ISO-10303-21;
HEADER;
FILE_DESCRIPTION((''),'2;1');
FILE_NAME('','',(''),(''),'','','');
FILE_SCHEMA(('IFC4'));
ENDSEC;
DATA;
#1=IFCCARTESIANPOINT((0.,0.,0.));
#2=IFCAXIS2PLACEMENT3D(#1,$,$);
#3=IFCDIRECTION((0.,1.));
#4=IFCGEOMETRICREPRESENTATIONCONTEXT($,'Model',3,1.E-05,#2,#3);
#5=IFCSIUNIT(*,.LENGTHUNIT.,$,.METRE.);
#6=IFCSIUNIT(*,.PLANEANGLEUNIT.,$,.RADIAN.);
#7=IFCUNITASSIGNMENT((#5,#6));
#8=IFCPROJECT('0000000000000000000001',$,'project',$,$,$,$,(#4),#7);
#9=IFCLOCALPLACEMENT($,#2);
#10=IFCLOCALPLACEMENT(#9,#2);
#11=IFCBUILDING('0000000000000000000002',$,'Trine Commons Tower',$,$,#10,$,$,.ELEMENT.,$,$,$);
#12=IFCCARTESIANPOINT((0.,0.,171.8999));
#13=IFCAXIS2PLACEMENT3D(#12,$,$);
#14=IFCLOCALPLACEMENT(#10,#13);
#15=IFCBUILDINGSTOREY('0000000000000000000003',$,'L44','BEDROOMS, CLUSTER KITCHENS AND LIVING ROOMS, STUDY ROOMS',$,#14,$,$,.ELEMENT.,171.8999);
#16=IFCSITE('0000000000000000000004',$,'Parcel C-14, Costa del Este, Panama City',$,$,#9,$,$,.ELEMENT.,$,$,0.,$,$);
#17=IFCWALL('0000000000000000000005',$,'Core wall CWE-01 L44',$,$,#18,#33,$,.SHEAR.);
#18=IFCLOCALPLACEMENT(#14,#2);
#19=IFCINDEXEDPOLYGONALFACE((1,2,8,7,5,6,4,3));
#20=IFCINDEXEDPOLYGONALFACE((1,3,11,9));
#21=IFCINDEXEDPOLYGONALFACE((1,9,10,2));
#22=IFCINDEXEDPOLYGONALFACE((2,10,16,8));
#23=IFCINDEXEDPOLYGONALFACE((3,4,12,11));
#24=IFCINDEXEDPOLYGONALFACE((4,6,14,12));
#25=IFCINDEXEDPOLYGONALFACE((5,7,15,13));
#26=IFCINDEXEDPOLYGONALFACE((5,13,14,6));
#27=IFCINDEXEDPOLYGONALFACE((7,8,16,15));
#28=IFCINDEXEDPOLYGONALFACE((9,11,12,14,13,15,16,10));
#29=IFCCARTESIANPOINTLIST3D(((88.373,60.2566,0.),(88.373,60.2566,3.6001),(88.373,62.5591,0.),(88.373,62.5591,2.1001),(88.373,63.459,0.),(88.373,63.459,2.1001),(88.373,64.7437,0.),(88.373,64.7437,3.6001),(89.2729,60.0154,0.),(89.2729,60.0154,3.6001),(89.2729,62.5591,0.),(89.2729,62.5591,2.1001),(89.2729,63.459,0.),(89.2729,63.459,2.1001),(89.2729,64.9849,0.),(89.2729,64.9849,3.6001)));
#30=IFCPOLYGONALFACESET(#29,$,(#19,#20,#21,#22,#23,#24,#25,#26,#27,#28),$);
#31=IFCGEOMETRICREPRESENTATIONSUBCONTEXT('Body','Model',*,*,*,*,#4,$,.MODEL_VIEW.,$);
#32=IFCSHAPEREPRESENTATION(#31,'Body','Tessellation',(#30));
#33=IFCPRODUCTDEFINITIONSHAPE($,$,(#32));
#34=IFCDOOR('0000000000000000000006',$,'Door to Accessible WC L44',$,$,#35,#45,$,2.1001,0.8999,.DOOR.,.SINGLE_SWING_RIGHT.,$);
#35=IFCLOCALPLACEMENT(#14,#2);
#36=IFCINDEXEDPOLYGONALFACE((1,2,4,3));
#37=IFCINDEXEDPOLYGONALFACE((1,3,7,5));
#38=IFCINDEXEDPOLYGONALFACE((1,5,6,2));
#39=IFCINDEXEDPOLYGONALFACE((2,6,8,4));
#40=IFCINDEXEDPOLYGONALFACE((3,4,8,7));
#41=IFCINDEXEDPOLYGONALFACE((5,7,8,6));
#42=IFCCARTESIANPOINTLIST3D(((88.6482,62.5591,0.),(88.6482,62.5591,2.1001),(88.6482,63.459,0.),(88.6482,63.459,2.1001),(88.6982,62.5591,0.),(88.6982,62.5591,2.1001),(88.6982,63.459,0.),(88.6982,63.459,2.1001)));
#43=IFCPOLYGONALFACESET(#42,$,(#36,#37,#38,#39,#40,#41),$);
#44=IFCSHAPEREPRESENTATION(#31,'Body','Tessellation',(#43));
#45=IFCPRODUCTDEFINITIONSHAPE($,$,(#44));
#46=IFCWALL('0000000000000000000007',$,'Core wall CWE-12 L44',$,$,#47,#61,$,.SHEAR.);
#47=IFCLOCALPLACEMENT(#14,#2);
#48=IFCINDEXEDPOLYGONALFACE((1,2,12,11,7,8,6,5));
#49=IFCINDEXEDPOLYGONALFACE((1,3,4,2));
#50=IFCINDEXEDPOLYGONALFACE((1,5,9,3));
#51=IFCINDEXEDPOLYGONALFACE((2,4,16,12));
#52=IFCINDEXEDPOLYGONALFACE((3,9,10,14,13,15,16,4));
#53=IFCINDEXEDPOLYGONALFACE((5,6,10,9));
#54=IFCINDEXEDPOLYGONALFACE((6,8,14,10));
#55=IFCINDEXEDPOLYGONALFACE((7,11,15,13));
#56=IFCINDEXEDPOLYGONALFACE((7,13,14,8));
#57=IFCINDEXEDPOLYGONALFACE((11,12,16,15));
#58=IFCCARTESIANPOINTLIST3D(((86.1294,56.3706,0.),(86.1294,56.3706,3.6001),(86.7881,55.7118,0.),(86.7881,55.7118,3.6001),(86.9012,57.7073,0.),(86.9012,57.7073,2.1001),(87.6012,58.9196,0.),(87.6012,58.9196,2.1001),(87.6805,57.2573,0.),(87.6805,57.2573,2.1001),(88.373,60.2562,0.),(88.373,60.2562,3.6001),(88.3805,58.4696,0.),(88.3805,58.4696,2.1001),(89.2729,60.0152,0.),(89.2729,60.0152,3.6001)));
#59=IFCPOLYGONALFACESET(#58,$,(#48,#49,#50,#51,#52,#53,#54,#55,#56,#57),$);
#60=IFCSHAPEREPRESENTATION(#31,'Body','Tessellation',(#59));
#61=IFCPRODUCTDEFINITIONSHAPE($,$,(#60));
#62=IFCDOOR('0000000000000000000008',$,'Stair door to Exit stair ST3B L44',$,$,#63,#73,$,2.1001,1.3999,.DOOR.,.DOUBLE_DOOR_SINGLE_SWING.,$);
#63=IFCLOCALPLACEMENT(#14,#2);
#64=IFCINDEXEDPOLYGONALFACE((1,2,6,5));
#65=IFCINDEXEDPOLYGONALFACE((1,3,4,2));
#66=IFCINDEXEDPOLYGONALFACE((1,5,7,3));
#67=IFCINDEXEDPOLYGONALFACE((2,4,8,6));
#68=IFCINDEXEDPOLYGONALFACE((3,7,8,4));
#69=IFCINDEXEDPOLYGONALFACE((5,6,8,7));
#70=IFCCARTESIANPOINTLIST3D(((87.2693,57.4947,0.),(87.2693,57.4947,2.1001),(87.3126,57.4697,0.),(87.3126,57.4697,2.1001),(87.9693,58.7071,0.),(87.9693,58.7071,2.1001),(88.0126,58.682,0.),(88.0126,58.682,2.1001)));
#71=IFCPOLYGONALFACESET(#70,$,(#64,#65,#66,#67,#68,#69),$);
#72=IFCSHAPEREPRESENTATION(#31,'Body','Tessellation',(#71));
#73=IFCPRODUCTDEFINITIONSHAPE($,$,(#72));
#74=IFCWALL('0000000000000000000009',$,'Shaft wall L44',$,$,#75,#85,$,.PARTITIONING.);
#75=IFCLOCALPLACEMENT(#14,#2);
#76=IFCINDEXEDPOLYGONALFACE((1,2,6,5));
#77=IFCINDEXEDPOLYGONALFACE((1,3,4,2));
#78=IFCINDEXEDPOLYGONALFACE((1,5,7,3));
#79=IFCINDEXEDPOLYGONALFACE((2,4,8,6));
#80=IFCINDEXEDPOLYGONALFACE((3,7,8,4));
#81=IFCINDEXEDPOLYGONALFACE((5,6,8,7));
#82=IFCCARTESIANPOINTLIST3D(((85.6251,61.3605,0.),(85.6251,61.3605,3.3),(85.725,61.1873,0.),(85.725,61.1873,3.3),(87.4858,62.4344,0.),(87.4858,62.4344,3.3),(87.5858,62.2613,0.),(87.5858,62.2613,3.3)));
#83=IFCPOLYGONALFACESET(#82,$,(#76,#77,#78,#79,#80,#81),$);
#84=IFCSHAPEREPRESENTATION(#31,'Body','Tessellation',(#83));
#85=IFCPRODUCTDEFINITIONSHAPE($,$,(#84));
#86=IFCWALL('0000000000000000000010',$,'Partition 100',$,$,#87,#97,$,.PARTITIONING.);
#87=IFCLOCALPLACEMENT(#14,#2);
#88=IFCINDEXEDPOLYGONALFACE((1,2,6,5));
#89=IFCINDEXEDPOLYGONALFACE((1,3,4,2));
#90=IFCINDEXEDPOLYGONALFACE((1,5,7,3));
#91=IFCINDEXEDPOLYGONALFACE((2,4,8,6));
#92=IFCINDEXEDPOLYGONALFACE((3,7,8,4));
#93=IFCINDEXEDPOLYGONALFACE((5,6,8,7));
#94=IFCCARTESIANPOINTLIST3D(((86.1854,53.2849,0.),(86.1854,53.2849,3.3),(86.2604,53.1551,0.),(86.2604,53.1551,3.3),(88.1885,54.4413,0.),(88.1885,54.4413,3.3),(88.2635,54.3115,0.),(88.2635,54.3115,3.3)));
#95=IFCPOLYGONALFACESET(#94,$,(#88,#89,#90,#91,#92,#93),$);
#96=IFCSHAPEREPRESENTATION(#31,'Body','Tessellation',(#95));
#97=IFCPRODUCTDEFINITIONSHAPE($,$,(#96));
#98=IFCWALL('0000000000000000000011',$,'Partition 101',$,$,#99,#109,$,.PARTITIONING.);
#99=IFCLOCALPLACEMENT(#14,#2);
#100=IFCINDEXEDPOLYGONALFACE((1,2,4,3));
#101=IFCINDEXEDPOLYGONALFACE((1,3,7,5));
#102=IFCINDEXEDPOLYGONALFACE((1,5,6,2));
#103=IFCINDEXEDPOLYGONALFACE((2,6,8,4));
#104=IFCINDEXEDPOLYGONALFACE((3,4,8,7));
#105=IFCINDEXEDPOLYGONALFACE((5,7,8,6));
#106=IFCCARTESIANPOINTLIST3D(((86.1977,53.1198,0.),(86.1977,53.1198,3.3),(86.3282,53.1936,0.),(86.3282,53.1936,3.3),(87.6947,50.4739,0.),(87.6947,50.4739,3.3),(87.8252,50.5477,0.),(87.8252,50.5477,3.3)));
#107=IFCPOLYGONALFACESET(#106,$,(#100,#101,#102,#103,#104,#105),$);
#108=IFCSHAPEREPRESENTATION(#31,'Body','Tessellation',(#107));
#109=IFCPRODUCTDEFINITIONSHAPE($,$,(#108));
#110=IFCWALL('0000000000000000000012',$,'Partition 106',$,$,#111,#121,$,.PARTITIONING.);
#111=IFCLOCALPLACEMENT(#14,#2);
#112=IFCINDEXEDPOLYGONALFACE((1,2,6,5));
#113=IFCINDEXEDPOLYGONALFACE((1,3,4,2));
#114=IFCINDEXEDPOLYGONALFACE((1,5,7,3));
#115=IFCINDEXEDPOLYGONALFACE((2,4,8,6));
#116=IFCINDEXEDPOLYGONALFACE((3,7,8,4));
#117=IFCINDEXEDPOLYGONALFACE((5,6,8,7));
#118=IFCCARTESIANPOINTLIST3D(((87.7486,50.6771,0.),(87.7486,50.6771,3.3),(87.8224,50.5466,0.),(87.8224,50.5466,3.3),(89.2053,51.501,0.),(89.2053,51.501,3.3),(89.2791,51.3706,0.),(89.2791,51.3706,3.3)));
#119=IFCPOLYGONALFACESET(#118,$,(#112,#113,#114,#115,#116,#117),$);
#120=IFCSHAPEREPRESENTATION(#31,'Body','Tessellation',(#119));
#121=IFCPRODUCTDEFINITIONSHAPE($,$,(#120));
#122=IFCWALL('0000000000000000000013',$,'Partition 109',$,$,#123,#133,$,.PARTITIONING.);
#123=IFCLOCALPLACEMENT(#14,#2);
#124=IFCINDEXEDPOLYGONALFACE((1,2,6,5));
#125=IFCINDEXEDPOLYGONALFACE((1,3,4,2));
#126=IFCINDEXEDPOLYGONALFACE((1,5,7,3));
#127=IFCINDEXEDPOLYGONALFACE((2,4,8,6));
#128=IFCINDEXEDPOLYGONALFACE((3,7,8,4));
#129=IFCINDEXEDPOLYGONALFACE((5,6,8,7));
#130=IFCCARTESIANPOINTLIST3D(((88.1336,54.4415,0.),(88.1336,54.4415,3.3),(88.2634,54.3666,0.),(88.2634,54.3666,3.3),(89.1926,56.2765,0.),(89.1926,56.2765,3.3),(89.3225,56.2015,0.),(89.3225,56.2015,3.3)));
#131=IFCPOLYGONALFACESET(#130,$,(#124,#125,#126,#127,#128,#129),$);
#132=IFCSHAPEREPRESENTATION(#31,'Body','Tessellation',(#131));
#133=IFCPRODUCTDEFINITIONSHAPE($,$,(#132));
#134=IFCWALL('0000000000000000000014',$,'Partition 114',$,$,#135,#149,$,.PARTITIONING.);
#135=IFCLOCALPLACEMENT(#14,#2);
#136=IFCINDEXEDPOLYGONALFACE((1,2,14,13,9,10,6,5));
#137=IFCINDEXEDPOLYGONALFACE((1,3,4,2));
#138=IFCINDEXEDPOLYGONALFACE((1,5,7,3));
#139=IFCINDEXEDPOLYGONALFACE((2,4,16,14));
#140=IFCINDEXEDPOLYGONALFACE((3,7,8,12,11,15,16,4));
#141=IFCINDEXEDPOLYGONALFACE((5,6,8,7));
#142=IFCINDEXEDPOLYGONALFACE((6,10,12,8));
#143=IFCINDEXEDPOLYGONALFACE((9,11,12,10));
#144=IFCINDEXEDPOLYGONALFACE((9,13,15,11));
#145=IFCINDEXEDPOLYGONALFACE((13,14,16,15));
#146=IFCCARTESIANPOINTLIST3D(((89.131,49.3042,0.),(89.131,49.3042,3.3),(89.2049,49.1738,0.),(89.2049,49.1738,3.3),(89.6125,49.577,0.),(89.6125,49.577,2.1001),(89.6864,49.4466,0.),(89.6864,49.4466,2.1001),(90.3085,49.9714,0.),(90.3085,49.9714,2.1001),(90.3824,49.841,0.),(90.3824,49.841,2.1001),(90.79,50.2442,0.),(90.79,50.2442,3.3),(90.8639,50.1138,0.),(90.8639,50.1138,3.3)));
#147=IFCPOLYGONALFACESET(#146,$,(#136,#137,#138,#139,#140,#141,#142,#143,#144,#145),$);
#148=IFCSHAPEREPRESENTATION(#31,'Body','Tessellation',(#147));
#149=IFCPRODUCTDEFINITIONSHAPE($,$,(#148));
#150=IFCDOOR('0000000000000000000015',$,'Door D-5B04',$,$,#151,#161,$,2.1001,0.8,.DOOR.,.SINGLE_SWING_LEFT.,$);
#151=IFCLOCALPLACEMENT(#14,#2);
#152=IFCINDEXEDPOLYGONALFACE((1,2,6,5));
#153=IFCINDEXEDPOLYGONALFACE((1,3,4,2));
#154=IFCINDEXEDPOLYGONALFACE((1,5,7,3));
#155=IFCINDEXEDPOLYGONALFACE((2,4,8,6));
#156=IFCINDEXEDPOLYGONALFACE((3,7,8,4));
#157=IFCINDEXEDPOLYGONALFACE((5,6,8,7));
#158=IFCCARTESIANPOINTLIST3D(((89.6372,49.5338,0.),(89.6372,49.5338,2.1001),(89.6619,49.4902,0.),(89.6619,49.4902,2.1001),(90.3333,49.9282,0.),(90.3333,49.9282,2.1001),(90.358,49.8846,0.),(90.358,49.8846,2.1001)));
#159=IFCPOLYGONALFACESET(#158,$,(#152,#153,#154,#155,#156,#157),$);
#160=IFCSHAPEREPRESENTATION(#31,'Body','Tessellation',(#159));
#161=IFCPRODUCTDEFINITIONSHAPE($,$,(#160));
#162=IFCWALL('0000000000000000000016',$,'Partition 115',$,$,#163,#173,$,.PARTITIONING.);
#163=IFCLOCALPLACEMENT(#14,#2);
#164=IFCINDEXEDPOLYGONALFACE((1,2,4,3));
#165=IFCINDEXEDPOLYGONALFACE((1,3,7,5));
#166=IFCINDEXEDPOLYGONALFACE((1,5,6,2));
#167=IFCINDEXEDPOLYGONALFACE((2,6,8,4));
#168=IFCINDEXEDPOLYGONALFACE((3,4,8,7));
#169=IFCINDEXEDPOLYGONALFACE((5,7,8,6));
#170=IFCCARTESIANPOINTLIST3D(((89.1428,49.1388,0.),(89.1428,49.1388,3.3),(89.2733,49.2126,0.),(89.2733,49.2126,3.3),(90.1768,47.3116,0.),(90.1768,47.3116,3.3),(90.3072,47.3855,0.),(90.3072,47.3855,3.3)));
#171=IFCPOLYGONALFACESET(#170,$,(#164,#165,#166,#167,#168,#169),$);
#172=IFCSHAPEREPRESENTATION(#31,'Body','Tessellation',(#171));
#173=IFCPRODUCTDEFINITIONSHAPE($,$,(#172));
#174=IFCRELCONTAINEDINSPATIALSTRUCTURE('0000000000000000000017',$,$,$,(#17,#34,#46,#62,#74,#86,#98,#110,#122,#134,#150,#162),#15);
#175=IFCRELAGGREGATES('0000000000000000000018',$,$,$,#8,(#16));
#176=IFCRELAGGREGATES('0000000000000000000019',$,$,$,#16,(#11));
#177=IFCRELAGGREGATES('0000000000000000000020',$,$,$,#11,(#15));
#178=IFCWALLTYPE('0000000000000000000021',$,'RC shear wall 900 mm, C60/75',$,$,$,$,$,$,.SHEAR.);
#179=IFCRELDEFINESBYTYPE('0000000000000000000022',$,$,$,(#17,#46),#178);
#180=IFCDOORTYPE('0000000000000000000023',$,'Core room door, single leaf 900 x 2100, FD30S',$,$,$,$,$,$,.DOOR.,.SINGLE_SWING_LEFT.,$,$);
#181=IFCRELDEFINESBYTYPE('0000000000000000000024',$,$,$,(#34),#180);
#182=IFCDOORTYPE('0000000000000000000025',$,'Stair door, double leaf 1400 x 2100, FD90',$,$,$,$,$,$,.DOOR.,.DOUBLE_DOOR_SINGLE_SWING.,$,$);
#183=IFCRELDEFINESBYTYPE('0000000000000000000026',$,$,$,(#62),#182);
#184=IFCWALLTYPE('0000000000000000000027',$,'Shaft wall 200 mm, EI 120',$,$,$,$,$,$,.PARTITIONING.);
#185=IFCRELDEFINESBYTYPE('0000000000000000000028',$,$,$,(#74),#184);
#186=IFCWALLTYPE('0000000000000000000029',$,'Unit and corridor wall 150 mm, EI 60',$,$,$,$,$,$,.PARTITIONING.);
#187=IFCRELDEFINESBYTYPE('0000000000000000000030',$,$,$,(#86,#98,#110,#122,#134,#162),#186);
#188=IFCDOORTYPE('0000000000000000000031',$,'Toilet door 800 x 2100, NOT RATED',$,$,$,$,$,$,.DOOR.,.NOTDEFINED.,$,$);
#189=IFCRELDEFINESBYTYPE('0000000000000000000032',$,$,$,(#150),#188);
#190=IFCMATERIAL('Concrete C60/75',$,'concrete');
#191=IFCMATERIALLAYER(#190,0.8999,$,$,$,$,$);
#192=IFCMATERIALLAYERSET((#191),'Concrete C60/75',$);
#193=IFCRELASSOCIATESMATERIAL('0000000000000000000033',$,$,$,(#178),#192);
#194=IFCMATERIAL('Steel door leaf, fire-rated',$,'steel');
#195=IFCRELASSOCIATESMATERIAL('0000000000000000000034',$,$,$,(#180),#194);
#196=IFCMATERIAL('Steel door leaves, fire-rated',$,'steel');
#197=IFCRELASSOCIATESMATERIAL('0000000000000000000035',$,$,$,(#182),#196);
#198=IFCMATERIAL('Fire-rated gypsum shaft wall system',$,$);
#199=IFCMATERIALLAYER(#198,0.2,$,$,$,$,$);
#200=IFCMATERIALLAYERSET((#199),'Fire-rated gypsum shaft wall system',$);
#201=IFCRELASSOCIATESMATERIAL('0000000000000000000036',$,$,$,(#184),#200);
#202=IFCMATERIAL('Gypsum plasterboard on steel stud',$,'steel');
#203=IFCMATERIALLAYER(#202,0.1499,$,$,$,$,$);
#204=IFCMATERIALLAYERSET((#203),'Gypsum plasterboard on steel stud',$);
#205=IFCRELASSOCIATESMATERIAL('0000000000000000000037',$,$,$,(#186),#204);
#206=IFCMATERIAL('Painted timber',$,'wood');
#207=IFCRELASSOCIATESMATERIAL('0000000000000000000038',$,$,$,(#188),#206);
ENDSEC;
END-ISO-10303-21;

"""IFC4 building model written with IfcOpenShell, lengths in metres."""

from ifc_helpers import new_model, si_unit, direction, frame, frame_2d, origin, place, context, subcontext, project, spatial, polyline, rectangle, outline, extrude, material, layer, layer_set, type_object, element, fill, save


model = new_model("IFC4")

# Units and contexts
model_context = context("Model", 3, precision=1e-05, world=origin(), true_north=direction((0.0, 1.0)))
body_context = subcontext(model_context, "Body", "Model", "MODEL_VIEW")
ifc_project = project(units=[si_unit("LENGTHUNIT", "METRE"), si_unit("PLANEANGLEUNIT", "RADIAN")], contexts=[model_context])

# Site, building, storey
site_placement = place(None, origin())
site = spatial("IfcSite", under=ifc_project, at=site_placement, Name="Parcel C-14, Costa del Este, Panama City", CompositionType="ELEMENT", RefElevation=0.0)
building_placement = place(site_placement, origin())
building = spatial("IfcBuilding", under=site, at=building_placement, Name="Trine Commons Tower", CompositionType="ELEMENT")
storey_placement = place(building_placement, frame((0.0, 0.0, 171.8999)))
storey = spatial("IfcBuildingStorey", under=building, at=storey_placement, Name="L44", Description="BEDROOMS, CLUSTER KITCHENS AND LIVING ROOMS, STUDY ROOMS", CompositionType="ELEMENT", Elevation=171.8999)

# Walls, openings, doors
ifc_material_1 = material(Name="Concrete C60/75", Category="concrete")
ifc_layer_1 = layer(ifc_material_1, 0.8999)
ifc_layer_set_1 = layer_set([ifc_layer_1], Name="Concrete C60/75")
wall_type_1 = type_object("IfcWallType", Name="RC shear wall 900 mm, C60/75", PredefinedType="SHEAR", material=ifc_layer_set_1)
wall_1_placement = place(storey_placement, frame((88.823, 60.0154, 0.0), z_axis=(0.0, 0.0, 1.0), x_axis=(0.0, 1.0, 0.0)))
wall_1 = element("IfcWall", 1, at=wall_1_placement, inside=storey, type_object=wall_type_1, Name="Core wall CWE-01 L44", PredefinedType="SHEAR", context=body_context, shape_type="SweptSolid", body=[
    extrude(outline(polyline([(0.0, -0.45), (4.9695, -0.45), (4.7283, 0.45), (0.2412, 0.45), (0.0, -0.45)])), origin(), (0.0, 0.0, 1.0), 3.6001),
])
opening_1_placement = place(wall_1_placement, frame((2.5437, 0.0, 0.0)))
opening_1 = element("IfcOpeningElement", 2, at=opening_1_placement, cuts=wall_1, PredefinedType="OPENING", context=body_context, shape_type="SweptSolid", body=[
    extrude(rectangle(XDim=0.8999, YDim=2.1001, at=frame_2d((0.45, 1.05))), frame((0.0, 0.46, 0.0), z_axis=(0.0, -1.0, 0.0), x_axis=(1.0, 0.0, 0.0)), (0.0, 0.0, 1.0), 0.9199),
])
ifc_material_2 = material(Name="Steel door leaf, fire-rated", Category="steel")
door_type_1 = type_object("IfcDoorType", Name="Core room door, single leaf 900 x 2100, FD30S", OperationType="SINGLE_SWING_LEFT", PredefinedType="DOOR", material=ifc_material_2)
door_1_placement = place(opening_1_placement, origin())
door_1 = element("IfcDoor", 3, at=door_1_placement, inside=storey, type_object=door_type_1, Name="Door to Accessible WC L44", OperationType="SINGLE_SWING_RIGHT", OverallHeight=2.1001, OverallWidth=0.8999, PredefinedType="DOOR", context=body_context, shape_type="SweptSolid", body=[
    extrude(rectangle(XDim=0.8999, YDim=2.1001, at=frame_2d((0.45, 1.05))), frame((0.0, 0.1748, 0.0), z_axis=(0.0, -1.0, 0.0), x_axis=(1.0, 0.0, 0.0)), (0.0, 0.0, 1.0), 0.05),
])
fill(opening_1, door_1)
wall_2_placement = place(storey_placement, frame((86.3984, 55.9368, 0.0), z_axis=(0.0, 0.0, 1.0), x_axis=(0.500039, 0.866003, 0.0)))
wall_2 = element("IfcWall", 4, at=wall_2_placement, inside=storey, type_object=wall_type_1, Name="Core wall CWE-12 L44", PredefinedType="SHEAR", context=body_context, shape_type="SweptSolid", body=[
    extrude(outline(polyline([(0.0, -0.45), (4.9692, -0.45), (4.728, 0.45), (0.2412, 0.45), (0.0, -0.45)])), origin(), (0.0, 0.0, 1.0), 3.6001),
])
opening_2_placement = place(wall_2_placement, frame((1.7847, 0.0, 0.0)))
opening_2 = element("IfcOpeningElement", 5, at=opening_2_placement, cuts=wall_2, PredefinedType="OPENING", context=body_context, shape_type="SweptSolid", body=[
    extrude(rectangle(XDim=1.3999, YDim=2.1001, at=frame_2d((0.7, 1.05))), frame((0.0, 0.46, 0.0), z_axis=(0.0, -1.0, 0.0), x_axis=(1.0, 0.0, 0.0)), (0.0, 0.0, 1.0), 0.9199),
])
ifc_material_3 = material(Name="Steel door leaves, fire-rated", Category="steel")
door_type_2 = type_object("IfcDoorType", Name="Stair door, double leaf 1400 x 2100, FD90", OperationType="DOUBLE_DOOR_SINGLE_SWING", PredefinedType="DOOR", material=ifc_material_3)
door_2_placement = place(opening_2_placement, origin())
door_2 = element("IfcDoor", 6, at=door_2_placement, inside=storey, type_object=door_type_2, Name="Stair door to Exit stair ST3B L44", OperationType="DOUBLE_DOOR_SINGLE_SWING", OverallHeight=2.1001, OverallWidth=1.3999, PredefinedType="DOOR", context=body_context, shape_type="SweptSolid", body=[
    extrude(rectangle(XDim=1.3999, YDim=2.1001, at=frame_2d((0.7, 1.05))), frame((0.0, 0.0249, 0.0), z_axis=(0.0, -1.0, 0.0), x_axis=(1.0, 0.0, 0.0)), (0.0, 0.0, 1.0), 0.05),
])
fill(opening_2, door_2)

# Walls
ifc_material_4 = material(Name="Fire-rated gypsum shaft wall system")
ifc_layer_2 = layer(ifc_material_4, 0.2)
ifc_layer_set_2 = layer_set([ifc_layer_2], Name="Fire-rated gypsum shaft wall system")
wall_type_2 = type_object("IfcWallType", Name="Shaft wall 200 mm, EI 120", PredefinedType="PARTITIONING", material=ifc_layer_set_2)
wall_3_placement = place(storey_placement, frame((85.675, 61.2739, 0.0), z_axis=(0.0, 0.0, 1.0), x_axis=(0.866102, 0.499867, 0.0)))
element("IfcWall", 7, at=wall_3_placement, inside=storey, type_object=wall_type_2, Name="Shaft wall L44", PredefinedType="PARTITIONING", context=body_context, shape_type="SweptSolid", body=[
    extrude(rectangle(XDim=2.1484, YDim=0.2, at=frame_2d((1.0742, 0.0))), origin(), (0.0, 0.0, 1.0), 3.3),
])
ifc_material_5 = material(Name="Gypsum plasterboard on steel stud", Category="steel")
ifc_layer_3 = layer(ifc_material_5, 0.1499)
ifc_layer_set_3 = layer_set([ifc_layer_3], Name="Gypsum plasterboard on steel stud")
wall_type_3 = type_object("IfcWallType", Name="Unit and corridor wall 150 mm, EI 60", PredefinedType="PARTITIONING", material=ifc_layer_set_3)
wall_4_placement = place(storey_placement, frame((86.2229, 53.22, 0.0), z_axis=(0.0, 0.0, 1.0), x_axis=(0.866033, 0.499987, 0.0)))
element("IfcWall", 8, at=wall_4_placement, inside=storey, type_object=wall_type_3, Name="Partition 100", PredefinedType="PARTITIONING", context=body_context, shape_type="SweptSolid", body=[
    extrude(rectangle(XDim=2.313, YDim=0.1499, at=frame_2d((1.1565, 0.0))), origin(), (0.0, 0.0, 1.0), 3.3),
])
wall_5_placement = place(storey_placement, frame((86.2629, 53.1567, 0.0), z_axis=(0.0, 0.0, 1.0), x_axis=(0.492433, -0.87035, 0.0)))
element("IfcWall", 9, at=wall_5_placement, inside=storey, type_object=wall_type_3, Name="Partition 101", PredefinedType="PARTITIONING", context=body_context, shape_type="SweptSolid", body=[
    extrude(rectangle(XDim=3.04, YDim=0.1499, at=frame_2d((1.52, 0.0))), origin(), (0.0, 0.0, 1.0), 3.3),
])
wall_6_placement = place(storey_placement, frame((87.7854, 50.6118, 0.0), z_axis=(0.0, 0.0, 1.0), x_axis=(0.870416, 0.492317, 0.0)))
element("IfcWall", 10, at=wall_6_placement, inside=storey, type_object=wall_type_3, Name="Partition 106", PredefinedType="PARTITIONING", context=body_context, shape_type="SweptSolid", body=[
    extrude(rectangle(XDim=1.6736, YDim=0.1499, at=frame_2d((0.8369, 0.0))), origin(), (0.0, 0.0, 1.0), 3.3),
])
wall_7_placement = place(storey_placement, frame((88.1985, 54.4041, 0.0), z_axis=(0.0, 0.0, 1.0), x_axis=(0.499882, 0.866093, 0.0)))
element("IfcWall", 11, at=wall_7_placement, inside=storey, type_object=wall_type_3, Name="Partition 109", PredefinedType="PARTITIONING", context=body_context, shape_type="SweptSolid", body=[
    extrude(rectangle(XDim=2.1187, YDim=0.1499, at=frame_2d((1.0593, 0.0))), origin(), (0.0, 0.0, 1.0), 3.3),
])

# Wall, opening, door
wall_8_placement = place(storey_placement, frame((89.168, 49.239, 0.0), z_axis=(0.0, 0.0, 1.0), x_axis=(0.87005, 0.492964, 0.0)))
wall_8 = element("IfcWall", 12, at=wall_8_placement, inside=storey, type_object=wall_type_3, Name="Partition 114", PredefinedType="PARTITIONING", context=body_context, shape_type="SweptSolid", body=[
    extrude(rectangle(XDim=1.9067, YDim=0.1499, at=frame_2d((0.9534, 0.0))), origin(), (0.0, 0.0, 1.0), 3.3),
])
opening_3_placement = place(wall_8_placement, frame((0.5535, 0.0, 0.0)))
opening_3 = element("IfcOpeningElement", 13, at=opening_3_placement, cuts=wall_8, PredefinedType="OPENING", context=body_context, shape_type="SweptSolid", body=[
    extrude(rectangle(XDim=0.8, YDim=2.1001, at=frame_2d((0.3999, 1.05))), frame((0.0, 0.085, 0.0), z_axis=(0.0, -1.0, 0.0), x_axis=(1.0, 0.0, 0.0)), (0.0, 0.0, 1.0), 0.1699),
])
ifc_material_6 = material(Name="Painted timber", Category="wood")
door_type_3 = type_object("IfcDoorType", Name="Toilet door 800 x 2100, NOT RATED", OperationType="NOTDEFINED", PredefinedType="DOOR", material=ifc_material_6)
door_3_placement = place(opening_3_placement, frame((0.8, 0.0, 0.0), z_axis=(0.0, 0.0, 1.0), x_axis=(-1.0, 0.0, 0.0)))
door_3 = element("IfcDoor", 14, at=door_3_placement, inside=storey, type_object=door_type_3, Name="Door D-5B04", OperationType="SINGLE_SWING_LEFT", OverallHeight=2.1001, OverallWidth=0.8, PredefinedType="DOOR", context=body_context, shape_type="SweptSolid", body=[
    extrude(rectangle(XDim=0.8, YDim=2.1001, at=frame_2d((0.3999, 1.05))), frame((0.0, 0.0249, 0.0), z_axis=(0.0, -1.0, 0.0), x_axis=(1.0, 0.0, 0.0)), (0.0, 0.0, 1.0), 0.05),
])
fill(opening_3, door_3)

# Wall
wall_9_placement = place(storey_placement, frame((89.208, 49.1758, 0.0), z_axis=(0.0, 0.0, 1.0), x_axis=(0.49249, -0.870318, 0.0)))
element("IfcWall", 15, at=wall_9_placement, inside=storey, type_object=wall_type_3, Name="Partition 115", PredefinedType="PARTITIONING", context=body_context, shape_type="SweptSolid", body=[
    extrude(rectangle(XDim=2.0994, YDim=0.1499, at=frame_2d((1.0498, 0.0))), origin(), (0.0, 0.0, 1.0), 3.3),
])

save(model, "model.ifc")
